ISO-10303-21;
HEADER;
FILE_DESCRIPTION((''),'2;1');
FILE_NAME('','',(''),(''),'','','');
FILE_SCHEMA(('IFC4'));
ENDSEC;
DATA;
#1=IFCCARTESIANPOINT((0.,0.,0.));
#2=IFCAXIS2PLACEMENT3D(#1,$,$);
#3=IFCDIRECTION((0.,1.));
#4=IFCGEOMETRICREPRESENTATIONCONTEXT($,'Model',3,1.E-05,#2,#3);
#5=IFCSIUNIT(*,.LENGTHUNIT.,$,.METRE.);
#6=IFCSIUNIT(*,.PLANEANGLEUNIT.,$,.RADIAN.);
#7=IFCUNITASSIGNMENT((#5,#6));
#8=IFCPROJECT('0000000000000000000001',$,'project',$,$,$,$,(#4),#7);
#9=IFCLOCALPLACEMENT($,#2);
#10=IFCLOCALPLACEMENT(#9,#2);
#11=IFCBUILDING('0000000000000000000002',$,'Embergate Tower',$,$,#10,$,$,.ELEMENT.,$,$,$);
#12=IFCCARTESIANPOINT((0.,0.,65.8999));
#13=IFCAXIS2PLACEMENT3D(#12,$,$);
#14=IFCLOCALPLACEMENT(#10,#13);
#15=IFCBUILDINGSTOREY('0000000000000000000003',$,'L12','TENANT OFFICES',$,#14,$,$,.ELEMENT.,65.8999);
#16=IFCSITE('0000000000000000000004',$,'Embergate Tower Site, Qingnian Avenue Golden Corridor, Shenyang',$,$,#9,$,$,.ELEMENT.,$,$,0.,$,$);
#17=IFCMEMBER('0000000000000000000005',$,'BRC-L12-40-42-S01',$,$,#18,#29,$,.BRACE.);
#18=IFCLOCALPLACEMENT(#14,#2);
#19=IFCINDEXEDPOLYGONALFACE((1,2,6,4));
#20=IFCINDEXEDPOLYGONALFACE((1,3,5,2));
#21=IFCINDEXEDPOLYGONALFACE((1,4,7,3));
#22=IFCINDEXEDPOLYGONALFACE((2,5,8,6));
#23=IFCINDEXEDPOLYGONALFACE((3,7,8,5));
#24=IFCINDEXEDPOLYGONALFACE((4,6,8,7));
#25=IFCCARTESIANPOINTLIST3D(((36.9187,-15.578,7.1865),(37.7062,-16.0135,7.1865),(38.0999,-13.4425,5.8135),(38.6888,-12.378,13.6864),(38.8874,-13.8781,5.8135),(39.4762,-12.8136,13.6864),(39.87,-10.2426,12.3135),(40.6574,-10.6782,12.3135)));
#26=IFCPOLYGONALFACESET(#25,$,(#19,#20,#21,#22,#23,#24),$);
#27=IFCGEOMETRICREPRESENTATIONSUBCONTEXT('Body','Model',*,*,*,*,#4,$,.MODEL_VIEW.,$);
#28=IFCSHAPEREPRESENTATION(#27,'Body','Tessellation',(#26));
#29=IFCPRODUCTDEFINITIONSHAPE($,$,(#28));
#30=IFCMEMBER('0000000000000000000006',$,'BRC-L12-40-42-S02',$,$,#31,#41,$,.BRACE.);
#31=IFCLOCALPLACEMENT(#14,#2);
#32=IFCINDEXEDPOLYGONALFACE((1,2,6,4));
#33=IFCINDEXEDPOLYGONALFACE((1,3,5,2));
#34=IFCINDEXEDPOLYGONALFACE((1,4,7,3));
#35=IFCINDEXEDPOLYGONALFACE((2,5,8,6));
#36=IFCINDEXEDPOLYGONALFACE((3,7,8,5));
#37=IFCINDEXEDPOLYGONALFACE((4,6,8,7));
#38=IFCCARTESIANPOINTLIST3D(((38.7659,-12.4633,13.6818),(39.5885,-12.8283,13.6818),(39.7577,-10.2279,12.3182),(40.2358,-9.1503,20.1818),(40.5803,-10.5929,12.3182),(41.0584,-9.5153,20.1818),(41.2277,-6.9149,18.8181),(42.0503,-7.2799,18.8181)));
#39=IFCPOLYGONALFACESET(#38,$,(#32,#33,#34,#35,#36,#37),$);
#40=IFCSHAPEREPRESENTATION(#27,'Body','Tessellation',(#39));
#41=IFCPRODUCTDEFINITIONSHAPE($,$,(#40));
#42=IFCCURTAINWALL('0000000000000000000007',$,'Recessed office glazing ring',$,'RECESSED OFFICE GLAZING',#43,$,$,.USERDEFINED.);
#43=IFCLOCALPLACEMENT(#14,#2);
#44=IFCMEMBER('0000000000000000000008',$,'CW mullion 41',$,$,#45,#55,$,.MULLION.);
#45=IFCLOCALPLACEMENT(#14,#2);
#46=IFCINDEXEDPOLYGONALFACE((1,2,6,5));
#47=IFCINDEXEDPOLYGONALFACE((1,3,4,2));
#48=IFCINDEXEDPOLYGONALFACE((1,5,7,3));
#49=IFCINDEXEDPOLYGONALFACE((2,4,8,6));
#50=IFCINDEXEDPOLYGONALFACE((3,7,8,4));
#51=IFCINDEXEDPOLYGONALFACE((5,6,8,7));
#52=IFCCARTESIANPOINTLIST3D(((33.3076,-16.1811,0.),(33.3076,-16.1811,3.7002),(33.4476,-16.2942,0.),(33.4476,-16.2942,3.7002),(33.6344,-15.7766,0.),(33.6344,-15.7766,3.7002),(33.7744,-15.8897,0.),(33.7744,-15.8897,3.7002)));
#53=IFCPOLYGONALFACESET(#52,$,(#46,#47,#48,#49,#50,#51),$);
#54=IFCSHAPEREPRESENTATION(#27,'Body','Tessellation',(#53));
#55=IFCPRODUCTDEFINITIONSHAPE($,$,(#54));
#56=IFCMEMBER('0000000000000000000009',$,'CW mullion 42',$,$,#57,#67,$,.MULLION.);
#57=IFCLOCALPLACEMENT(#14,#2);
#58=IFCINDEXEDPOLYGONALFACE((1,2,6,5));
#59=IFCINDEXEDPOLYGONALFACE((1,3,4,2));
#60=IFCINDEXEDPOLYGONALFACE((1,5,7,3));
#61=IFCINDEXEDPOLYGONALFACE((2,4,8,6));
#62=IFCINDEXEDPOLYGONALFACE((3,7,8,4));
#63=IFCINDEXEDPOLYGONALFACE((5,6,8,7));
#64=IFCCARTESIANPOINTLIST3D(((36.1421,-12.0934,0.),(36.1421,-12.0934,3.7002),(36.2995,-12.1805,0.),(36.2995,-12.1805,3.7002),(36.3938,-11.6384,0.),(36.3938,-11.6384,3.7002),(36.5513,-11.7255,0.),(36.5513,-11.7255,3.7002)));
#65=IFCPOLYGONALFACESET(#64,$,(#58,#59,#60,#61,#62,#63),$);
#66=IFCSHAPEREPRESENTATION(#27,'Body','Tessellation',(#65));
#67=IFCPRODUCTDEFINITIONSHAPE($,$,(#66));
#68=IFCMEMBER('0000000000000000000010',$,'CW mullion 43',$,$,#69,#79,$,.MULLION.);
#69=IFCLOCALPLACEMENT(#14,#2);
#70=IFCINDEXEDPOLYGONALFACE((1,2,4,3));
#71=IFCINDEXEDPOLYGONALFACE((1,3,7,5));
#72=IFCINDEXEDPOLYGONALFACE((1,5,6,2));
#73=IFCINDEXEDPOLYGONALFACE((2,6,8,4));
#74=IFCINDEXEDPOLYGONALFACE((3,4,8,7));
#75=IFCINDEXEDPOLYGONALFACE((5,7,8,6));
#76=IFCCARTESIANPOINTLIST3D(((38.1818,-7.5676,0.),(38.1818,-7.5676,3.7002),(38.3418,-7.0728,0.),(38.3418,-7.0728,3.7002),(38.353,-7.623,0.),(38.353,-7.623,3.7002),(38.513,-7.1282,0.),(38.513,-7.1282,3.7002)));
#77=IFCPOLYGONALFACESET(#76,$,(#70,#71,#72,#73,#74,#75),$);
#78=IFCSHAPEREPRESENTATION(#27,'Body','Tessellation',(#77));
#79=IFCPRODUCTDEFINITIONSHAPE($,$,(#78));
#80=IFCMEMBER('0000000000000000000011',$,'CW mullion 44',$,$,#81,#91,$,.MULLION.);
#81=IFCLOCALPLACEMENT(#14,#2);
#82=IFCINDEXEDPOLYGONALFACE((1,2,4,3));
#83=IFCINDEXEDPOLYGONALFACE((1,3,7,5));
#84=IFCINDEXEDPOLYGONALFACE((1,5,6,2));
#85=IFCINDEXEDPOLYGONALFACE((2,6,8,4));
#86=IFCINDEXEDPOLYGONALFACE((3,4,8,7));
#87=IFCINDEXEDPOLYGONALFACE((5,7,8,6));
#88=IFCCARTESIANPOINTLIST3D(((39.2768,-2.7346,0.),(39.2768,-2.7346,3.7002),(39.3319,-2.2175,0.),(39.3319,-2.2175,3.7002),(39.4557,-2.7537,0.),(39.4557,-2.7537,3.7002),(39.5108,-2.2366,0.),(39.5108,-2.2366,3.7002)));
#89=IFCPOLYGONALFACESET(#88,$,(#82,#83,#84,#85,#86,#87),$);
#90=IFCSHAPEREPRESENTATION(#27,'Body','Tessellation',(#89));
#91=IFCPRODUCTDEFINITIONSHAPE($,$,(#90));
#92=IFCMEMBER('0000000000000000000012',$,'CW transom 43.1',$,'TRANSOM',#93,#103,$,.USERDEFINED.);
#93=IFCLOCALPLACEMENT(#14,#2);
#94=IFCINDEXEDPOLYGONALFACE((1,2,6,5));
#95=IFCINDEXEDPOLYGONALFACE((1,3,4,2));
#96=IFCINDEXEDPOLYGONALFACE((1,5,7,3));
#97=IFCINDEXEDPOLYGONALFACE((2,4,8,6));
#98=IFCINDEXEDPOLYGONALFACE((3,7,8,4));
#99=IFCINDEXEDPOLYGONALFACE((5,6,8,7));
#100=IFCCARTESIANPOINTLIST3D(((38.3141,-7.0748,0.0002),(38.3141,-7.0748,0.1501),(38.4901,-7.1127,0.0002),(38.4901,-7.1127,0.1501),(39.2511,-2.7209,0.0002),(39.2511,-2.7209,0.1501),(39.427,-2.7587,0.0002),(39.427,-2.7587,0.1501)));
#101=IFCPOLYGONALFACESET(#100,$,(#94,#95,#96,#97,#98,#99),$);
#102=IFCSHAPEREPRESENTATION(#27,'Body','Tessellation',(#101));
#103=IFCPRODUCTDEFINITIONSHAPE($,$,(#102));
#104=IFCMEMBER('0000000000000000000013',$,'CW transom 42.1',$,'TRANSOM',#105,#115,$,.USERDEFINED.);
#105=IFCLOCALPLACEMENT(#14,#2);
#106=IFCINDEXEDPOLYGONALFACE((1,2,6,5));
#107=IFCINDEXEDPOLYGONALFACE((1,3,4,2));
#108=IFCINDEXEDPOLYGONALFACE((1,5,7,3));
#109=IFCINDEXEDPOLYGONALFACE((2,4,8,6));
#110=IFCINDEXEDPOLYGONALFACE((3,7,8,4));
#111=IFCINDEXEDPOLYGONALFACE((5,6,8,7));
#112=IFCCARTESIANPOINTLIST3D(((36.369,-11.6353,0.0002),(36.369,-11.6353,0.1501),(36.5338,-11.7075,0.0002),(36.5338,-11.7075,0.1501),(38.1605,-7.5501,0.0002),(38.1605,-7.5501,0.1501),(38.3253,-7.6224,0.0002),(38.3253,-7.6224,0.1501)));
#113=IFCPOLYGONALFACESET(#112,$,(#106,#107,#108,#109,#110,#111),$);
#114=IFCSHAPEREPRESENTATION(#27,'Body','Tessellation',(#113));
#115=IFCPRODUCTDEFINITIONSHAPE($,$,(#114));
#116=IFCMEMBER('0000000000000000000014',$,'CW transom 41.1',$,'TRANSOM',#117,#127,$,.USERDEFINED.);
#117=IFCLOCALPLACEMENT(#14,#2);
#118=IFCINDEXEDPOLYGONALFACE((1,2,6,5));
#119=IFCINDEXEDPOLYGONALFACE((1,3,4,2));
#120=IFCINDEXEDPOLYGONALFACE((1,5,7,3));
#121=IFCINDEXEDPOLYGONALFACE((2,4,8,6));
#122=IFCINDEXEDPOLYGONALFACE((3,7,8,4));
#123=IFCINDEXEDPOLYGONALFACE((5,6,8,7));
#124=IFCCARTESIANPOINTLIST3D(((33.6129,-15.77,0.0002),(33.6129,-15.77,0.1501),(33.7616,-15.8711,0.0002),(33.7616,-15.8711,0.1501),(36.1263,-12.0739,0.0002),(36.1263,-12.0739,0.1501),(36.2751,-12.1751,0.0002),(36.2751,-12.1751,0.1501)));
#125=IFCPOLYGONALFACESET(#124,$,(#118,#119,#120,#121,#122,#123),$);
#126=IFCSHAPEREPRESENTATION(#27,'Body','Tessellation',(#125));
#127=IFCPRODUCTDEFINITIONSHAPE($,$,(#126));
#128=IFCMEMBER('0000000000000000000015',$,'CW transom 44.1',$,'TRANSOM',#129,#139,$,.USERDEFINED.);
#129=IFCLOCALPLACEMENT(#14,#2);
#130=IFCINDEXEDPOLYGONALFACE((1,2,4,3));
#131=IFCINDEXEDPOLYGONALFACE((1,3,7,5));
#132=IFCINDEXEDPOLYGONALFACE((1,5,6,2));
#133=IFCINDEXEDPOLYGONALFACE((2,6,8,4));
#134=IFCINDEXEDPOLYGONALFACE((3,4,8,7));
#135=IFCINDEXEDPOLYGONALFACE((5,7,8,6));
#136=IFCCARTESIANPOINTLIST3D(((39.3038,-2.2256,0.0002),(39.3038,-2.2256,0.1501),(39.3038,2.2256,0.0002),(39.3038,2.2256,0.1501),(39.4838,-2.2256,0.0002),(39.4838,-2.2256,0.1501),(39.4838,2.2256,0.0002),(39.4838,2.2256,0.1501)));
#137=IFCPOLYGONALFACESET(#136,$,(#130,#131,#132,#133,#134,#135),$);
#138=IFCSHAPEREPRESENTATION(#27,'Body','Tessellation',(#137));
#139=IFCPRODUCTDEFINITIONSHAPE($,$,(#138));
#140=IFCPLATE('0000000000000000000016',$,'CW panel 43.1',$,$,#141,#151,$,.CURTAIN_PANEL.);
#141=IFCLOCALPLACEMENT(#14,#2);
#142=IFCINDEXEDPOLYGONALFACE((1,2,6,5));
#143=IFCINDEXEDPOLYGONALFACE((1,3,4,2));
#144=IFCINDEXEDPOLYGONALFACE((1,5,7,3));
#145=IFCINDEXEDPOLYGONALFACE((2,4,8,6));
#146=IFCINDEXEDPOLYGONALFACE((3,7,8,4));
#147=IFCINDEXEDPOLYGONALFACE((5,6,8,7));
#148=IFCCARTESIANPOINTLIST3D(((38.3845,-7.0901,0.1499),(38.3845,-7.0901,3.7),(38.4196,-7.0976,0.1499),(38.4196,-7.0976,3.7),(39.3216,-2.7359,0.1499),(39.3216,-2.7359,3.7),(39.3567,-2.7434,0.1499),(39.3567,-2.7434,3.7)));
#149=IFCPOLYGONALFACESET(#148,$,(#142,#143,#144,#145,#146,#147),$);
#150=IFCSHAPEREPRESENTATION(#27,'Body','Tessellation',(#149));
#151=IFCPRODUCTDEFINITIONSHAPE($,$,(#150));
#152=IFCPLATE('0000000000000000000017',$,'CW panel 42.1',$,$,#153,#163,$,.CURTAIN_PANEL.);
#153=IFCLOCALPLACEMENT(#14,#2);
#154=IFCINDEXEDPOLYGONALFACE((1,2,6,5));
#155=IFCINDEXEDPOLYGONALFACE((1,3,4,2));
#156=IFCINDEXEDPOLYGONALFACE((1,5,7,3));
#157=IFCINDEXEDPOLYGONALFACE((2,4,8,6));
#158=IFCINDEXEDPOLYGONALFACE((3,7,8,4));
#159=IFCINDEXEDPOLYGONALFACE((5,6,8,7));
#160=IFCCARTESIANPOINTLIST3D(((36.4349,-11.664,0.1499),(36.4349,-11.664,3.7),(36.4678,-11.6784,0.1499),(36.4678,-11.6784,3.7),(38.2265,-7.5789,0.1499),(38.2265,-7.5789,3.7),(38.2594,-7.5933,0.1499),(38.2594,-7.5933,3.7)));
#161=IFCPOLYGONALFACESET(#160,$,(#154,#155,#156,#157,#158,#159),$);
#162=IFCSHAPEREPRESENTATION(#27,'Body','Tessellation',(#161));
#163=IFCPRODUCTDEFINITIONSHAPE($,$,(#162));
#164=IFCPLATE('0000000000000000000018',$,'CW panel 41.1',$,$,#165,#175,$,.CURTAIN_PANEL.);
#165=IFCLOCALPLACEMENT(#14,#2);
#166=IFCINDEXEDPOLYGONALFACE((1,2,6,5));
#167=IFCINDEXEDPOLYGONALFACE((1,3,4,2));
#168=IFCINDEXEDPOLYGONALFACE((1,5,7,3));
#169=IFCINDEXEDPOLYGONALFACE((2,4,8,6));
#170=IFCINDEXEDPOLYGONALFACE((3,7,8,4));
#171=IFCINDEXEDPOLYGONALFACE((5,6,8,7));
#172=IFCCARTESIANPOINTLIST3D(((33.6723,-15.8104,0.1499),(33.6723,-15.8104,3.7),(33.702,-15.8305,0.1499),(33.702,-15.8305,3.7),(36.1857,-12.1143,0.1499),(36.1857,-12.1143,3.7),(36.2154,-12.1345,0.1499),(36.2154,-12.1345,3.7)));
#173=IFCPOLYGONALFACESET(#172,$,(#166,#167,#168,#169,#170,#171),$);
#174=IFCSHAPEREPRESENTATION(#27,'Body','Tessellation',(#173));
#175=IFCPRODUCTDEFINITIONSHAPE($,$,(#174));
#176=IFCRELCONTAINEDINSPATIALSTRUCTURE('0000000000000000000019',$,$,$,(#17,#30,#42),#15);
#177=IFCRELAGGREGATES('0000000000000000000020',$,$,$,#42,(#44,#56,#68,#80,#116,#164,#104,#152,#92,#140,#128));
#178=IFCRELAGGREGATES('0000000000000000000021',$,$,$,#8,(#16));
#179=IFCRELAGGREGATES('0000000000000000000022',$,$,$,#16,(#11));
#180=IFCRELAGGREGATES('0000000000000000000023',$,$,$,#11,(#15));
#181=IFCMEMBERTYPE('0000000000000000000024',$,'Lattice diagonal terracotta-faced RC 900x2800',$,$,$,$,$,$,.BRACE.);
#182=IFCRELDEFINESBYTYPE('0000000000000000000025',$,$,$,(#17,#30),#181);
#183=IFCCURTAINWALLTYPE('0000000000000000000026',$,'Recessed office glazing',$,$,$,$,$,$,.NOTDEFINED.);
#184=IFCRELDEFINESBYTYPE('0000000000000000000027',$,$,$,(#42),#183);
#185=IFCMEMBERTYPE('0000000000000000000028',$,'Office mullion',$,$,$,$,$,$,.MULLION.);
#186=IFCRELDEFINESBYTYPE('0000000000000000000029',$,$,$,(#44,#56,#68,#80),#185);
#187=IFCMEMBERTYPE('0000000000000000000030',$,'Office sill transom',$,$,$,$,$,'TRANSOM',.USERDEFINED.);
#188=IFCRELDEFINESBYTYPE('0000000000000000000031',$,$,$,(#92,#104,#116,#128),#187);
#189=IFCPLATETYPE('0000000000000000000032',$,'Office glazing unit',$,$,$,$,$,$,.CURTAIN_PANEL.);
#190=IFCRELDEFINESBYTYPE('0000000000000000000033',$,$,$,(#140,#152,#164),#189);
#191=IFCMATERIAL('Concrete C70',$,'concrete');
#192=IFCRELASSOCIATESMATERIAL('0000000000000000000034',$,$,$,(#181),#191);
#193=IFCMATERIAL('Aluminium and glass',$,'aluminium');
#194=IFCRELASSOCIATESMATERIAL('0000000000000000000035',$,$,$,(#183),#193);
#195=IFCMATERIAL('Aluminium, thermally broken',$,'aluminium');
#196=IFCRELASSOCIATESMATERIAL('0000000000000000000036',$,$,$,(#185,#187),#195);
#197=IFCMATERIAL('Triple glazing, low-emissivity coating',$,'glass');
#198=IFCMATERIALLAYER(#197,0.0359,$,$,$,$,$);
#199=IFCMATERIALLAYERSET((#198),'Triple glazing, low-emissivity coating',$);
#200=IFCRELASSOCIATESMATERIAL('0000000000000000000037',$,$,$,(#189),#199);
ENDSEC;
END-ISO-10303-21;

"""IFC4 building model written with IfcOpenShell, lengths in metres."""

from ifc_helpers import new_model, si_unit, direction, frame, origin, origin_2d, place, context, subcontext, project, spatial, rectangle, extrude, source, transform, mapped, material, layer, layer_set, material_profile, profile_set, type_object, element, aggregate, save


model = new_model("IFC4")

# Units and contexts
model_context = context("Model", 3, precision=1e-05, world=origin(), true_north=direction((0.0, 1.0)))
body_context = subcontext(model_context, "Body", "Model", "MODEL_VIEW")
ifc_project = project(units=[si_unit("LENGTHUNIT", "METRE"), si_unit("PLANEANGLEUNIT", "RADIAN")], contexts=[model_context])

# Site, building, storey
site_placement = place(None, origin())
site = spatial("IfcSite", under=ifc_project, at=site_placement, Name="Embergate Tower Site, Qingnian Avenue Golden Corridor, Shenyang", CompositionType="ELEMENT", RefElevation=0.0)
building_placement = place(site_placement, origin())
building = spatial("IfcBuilding", under=site, at=building_placement, Name="Embergate Tower", CompositionType="ELEMENT")
storey_placement = place(building_placement, frame((0.0, 0.0, 65.8999)))
storey = spatial("IfcBuildingStorey", under=building, at=storey_placement, Name="L12", Description="TENANT OFFICES", CompositionType="ELEMENT", Elevation=65.8999)

# Shared definitions
ifc_material_1 = material(Name="Concrete C70", Category="concrete")

# Members
ifc_material_profile_1 = material_profile(ifc_material_1, rectangle(XDim=0.8999, YDim=2.8, at=origin_2d()), Name="RC 900x2800")
ifc_profile_set_1 = profile_set([ifc_material_profile_1], Name="Concrete C70")
member_type_1 = type_object("IfcMemberType", Name="Lattice diagonal terracotta-faced RC 900x2800", PredefinedType="BRACE", material=ifc_profile_set_1)
shared_shape_1 = source(origin(), body_context, "Body", "SweptSolid", [
    extrude(rectangle(XDim=0.8999, YDim=2.8, at=origin_2d()), origin(), (0.0, 0.0, 1.0), 7.458),
])
member_1_placement = place(storey_placement, frame((37.9031, -14.728, 6.5), z_axis=(0.23733, 0.429059, 0.87154), x_axis=(-0.875053, 0.484027, 0.0)))
element("IfcMember", 1, at=member_1_placement, inside=storey, type_object=member_type_1, Name="BRC-L12-40-42-S01", PredefinedType="BRACE", context=body_context, shape_type="MappedRepresentation", body=[
    mapped(shared_shape_1, transform((0.0, 0.0, 0.0))),
])
shared_shape_2 = source(origin(), body_context, "Body", "SweptSolid", [
    extrude(rectangle(XDim=0.8999, YDim=2.8, at=origin_2d()), origin(), (0.0, 0.0, 1.0), 7.4421),
])
member_2_placement = place(storey_placement, frame((39.6731, -11.5281, 13.0), z_axis=(0.197518, 0.445161, 0.873395), x_axis=(-0.914064, 0.40557, 0.0)))
element("IfcMember", 2, at=member_2_placement, inside=storey, type_object=member_type_1, Name="BRC-L12-40-42-S02", PredefinedType="BRACE", context=body_context, shape_type="MappedRepresentation", body=[
    mapped(shared_shape_2, transform((0.0, 0.0, 0.0))),
])

# Curtain wall, members, plates
ifc_material_2 = material(Name="Aluminium and glass", Category="aluminium")
curtain_wall_type = type_object("IfcCurtainWallType", Name="Recessed office glazing", PredefinedType="NOTDEFINED", material=ifc_material_2)
curtain_wall_placement = place(storey_placement, origin())
curtain_wall = element("IfcCurtainWall", 3, at=curtain_wall_placement, inside=storey, type_object=curtain_wall_type, Name="Recessed office glazing ring", ObjectType="RECESSED OFFICE GLAZING", PredefinedType="USERDEFINED")
ifc_material_3 = material(Name="Aluminium, thermally broken", Category="aluminium")
ifc_material_profile_2 = material_profile(ifc_material_3, rectangle(XDim=0.1799, YDim=0.52, at=origin_2d()), Name="AL 520x180")
ifc_profile_set_2 = profile_set([ifc_material_profile_2], Name="Aluminium, thermally broken")
member_type_2 = type_object("IfcMemberType", Name="Office mullion", PredefinedType="MULLION", material=ifc_profile_set_2)
shared_shape_3 = source(origin(), body_context, "Body", "SweptSolid", [
    extrude(rectangle(XDim=0.1799, YDim=0.52, at=origin_2d()), origin(), (0.0, 0.0, 1.0), 3.7002),
])
member_3_placement = place(storey_placement, frame((33.541, -16.0354, 0.0), z_axis=(0.0, 0.0, 1.0), x_axis=(-0.777884, 0.628408, 0.0)))
member_3 = element("IfcMember", 4, at=member_3_placement, type_object=member_type_2, Name="CW mullion 41", PredefinedType="MULLION", context=body_context, shape_type="MappedRepresentation", body=[
    mapped(shared_shape_3, transform((0.0, 0.0, 0.0))),
])
member_4_placement = place(storey_placement, frame((36.3467, -11.9094, 0.0), z_axis=(0.0, 0.0, 1.0), x_axis=(-0.87501, 0.484104, 0.0)))
member_4 = element("IfcMember", 5, at=member_4_placement, type_object=member_type_2, Name="CW mullion 42", PredefinedType="MULLION", context=body_context, shape_type="MappedRepresentation", body=[
    mapped(shared_shape_3, transform((0.0, 0.0, 0.0))),
])
member_5_placement = place(storey_placement, frame((38.3474, -7.3479, 0.0), z_axis=(0.0, 0.0, 1.0), x_axis=(-0.951502, 0.307642, 0.0)))
member_5 = element("IfcMember", 6, at=member_5_placement, type_object=member_type_2, Name="CW mullion 43", PredefinedType="MULLION", context=body_context, shape_type="MappedRepresentation", body=[
    mapped(shared_shape_3, transform((0.0, 0.0, 0.0))),
])
member_6_placement = place(storey_placement, frame((39.3938, -2.4856, 0.0), z_axis=(0.0, 0.0, 1.0), x_axis=(-0.994386, 0.105818, 0.0)))
member_6 = element("IfcMember", 7, at=member_6_placement, type_object=member_type_2, Name="CW mullion 44", PredefinedType="MULLION", context=body_context, shape_type="MappedRepresentation", body=[
    mapped(shared_shape_3, transform((0.0, 0.0, 0.0))),
])
ifc_material_profile_3 = material_profile(ifc_material_3, rectangle(XDim=0.1799, YDim=0.1499, at=origin_2d()), Name="AL 150x180")
ifc_profile_set_3 = profile_set([ifc_material_profile_3], Name="Aluminium, thermally broken")
member_type_3 = type_object("IfcMemberType", Name="Office sill transom", ElementType="TRANSOM", PredefinedType="USERDEFINED", material=ifc_profile_set_3)
shared_shape_4 = source(origin(), body_context, "Body", "SweptSolid", [
    extrude(rectangle(XDim=0.1799, YDim=0.1499, at=origin_2d()), origin(), (0.0, 0.0, 1.0), 4.4536),
])
member_7_placement = place(storey_placement, frame((38.4021, -7.0938, 0.0752), z_axis=(0.21039, 0.977618, 0.0), x_axis=(-0.977618, 0.21039, 0.0)))
member_7 = element("IfcMember", 8, at=member_7_placement, type_object=member_type_3, Name="CW transom 43.1", ObjectType="TRANSOM", PredefinedType="USERDEFINED", context=body_context, shape_type="MappedRepresentation", body=[
    mapped(shared_shape_4, transform((0.0, 0.0, 0.0))),
])
shared_shape_5 = source(origin(), body_context, "Body", "SweptSolid", [
    extrude(rectangle(XDim=0.1799, YDim=0.1499, at=origin_2d()), origin(), (0.0, 0.0, 1.0), 4.4607),
])
member_8_placement = place(storey_placement, frame((36.4514, -11.6714, 0.0752), z_axis=(0.401614, 0.915809, 0.0), x_axis=(-0.915809, 0.401614, 0.0)))
member_8 = element("IfcMember", 9, at=member_8_placement, type_object=member_type_3, Name="CW transom 42.1", ObjectType="TRANSOM", PredefinedType="USERDEFINED", context=body_context, shape_type="MappedRepresentation", body=[
    mapped(shared_shape_5, transform((0.0, 0.0, 0.0))),
])
shared_shape_6 = source(origin(), body_context, "Body", "SweptSolid", [
    extrude(rectangle(XDim=0.1799, YDim=0.1499, at=origin_2d()), origin(), (0.0, 0.0, 1.0), 4.4697),
])
member_9_placement = place(storey_placement, frame((33.6873, -15.8206, 0.0752), z_axis=(0.562328, 0.826914, 0.0), x_axis=(-0.826914, 0.562328, 0.0)))
member_9 = element("IfcMember", 10, at=member_9_placement, type_object=member_type_3, Name="CW transom 41.1", ObjectType="TRANSOM", PredefinedType="USERDEFINED", context=body_context, shape_type="MappedRepresentation", body=[
    mapped(shared_shape_6, transform((0.0, 0.0, 0.0))),
])
shared_shape_7 = source(origin(), body_context, "Body", "SweptSolid", [
    extrude(rectangle(XDim=0.1799, YDim=0.1499, at=origin_2d()), origin(), (0.0, 0.0, 1.0), 4.4512),
])
member_10_placement = place(storey_placement, frame((39.3938, -2.2256, 0.0752), z_axis=(0.0, 1.0, 0.0), x_axis=(-1.0, 0.0, 0.0)))
member_10 = element("IfcMember", 11, at=member_10_placement, type_object=member_type_3, Name="CW transom 44.1", ObjectType="TRANSOM", PredefinedType="USERDEFINED", context=body_context, shape_type="MappedRepresentation", body=[
    mapped(shared_shape_7, transform((0.0, 0.0, 0.0))),
])
ifc_material_4 = material(Name="Triple glazing, low-emissivity coating", Category="glass")
ifc_layer = layer(ifc_material_4, 0.0359)
ifc_layer_set = layer_set([ifc_layer], Name="Triple glazing, low-emissivity coating")
plate_type = type_object("IfcPlateType", Name="Office glazing unit", PredefinedType="CURTAIN_PANEL", material=ifc_layer_set)
shared_shape_8 = source(origin(), body_context, "Body", "SweptSolid", [
    extrude(rectangle(XDim=4.4539, YDim=0.0359, at=origin_2d()), origin(), (0.0, 0.0, 1.0), 3.55),
])
plate_1_placement = place(storey_placement, frame((38.8706, -4.9167, 0.1499), z_axis=(0.0, 0.0, 1.0), x_axis=(0.210392, 0.977617, 0.0)))
plate_1 = element("IfcPlate", 12, at=plate_1_placement, type_object=plate_type, Name="CW panel 43.1", PredefinedType="CURTAIN_PANEL", context=body_context, shape_type="MappedRepresentation", body=[
    mapped(shared_shape_8, transform((0.0, 0.0, 0.0))),
])
shared_shape_9 = source(origin(), body_context, "Body", "SweptSolid", [
    extrude(rectangle(XDim=4.4607, YDim=0.0359, at=origin_2d()), origin(), (0.0, 0.0, 1.0), 3.55),
])
plate_2_placement = place(storey_placement, frame((37.3472, -9.6287, 0.1499), z_axis=(0.0, 0.0, 1.0), x_axis=(0.401644, 0.915796, 0.0)))
plate_2 = element("IfcPlate", 13, at=plate_2_placement, type_object=plate_type, Name="CW panel 42.1", PredefinedType="CURTAIN_PANEL", context=body_context, shape_type="MappedRepresentation", body=[
    mapped(shared_shape_9, transform((0.0, 0.0, 0.0))),
])
shared_shape_10 = source(origin(), body_context, "Body", "SweptSolid", [
    extrude(rectangle(XDim=4.4697, YDim=0.0359, at=origin_2d()), origin(), (0.0, 0.0, 1.0), 3.55),
])
plate_3_placement = place(storey_placement, frame((34.9438, -13.9724, 0.1499), z_axis=(0.0, 0.0, 1.0), x_axis=(0.562332, 0.826912, 0.0)))
plate_3 = element("IfcPlate", 14, at=plate_3_placement, type_object=plate_type, Name="CW panel 41.1", PredefinedType="CURTAIN_PANEL", context=body_context, shape_type="MappedRepresentation", body=[
    mapped(shared_shape_10, transform((0.0, 0.0, 0.0))),
])
aggregate(curtain_wall, [member_3, member_4, member_5, member_6, member_9, plate_3, member_8, plate_2, member_7, plate_1, member_10])

save(model, "model.ifc")
